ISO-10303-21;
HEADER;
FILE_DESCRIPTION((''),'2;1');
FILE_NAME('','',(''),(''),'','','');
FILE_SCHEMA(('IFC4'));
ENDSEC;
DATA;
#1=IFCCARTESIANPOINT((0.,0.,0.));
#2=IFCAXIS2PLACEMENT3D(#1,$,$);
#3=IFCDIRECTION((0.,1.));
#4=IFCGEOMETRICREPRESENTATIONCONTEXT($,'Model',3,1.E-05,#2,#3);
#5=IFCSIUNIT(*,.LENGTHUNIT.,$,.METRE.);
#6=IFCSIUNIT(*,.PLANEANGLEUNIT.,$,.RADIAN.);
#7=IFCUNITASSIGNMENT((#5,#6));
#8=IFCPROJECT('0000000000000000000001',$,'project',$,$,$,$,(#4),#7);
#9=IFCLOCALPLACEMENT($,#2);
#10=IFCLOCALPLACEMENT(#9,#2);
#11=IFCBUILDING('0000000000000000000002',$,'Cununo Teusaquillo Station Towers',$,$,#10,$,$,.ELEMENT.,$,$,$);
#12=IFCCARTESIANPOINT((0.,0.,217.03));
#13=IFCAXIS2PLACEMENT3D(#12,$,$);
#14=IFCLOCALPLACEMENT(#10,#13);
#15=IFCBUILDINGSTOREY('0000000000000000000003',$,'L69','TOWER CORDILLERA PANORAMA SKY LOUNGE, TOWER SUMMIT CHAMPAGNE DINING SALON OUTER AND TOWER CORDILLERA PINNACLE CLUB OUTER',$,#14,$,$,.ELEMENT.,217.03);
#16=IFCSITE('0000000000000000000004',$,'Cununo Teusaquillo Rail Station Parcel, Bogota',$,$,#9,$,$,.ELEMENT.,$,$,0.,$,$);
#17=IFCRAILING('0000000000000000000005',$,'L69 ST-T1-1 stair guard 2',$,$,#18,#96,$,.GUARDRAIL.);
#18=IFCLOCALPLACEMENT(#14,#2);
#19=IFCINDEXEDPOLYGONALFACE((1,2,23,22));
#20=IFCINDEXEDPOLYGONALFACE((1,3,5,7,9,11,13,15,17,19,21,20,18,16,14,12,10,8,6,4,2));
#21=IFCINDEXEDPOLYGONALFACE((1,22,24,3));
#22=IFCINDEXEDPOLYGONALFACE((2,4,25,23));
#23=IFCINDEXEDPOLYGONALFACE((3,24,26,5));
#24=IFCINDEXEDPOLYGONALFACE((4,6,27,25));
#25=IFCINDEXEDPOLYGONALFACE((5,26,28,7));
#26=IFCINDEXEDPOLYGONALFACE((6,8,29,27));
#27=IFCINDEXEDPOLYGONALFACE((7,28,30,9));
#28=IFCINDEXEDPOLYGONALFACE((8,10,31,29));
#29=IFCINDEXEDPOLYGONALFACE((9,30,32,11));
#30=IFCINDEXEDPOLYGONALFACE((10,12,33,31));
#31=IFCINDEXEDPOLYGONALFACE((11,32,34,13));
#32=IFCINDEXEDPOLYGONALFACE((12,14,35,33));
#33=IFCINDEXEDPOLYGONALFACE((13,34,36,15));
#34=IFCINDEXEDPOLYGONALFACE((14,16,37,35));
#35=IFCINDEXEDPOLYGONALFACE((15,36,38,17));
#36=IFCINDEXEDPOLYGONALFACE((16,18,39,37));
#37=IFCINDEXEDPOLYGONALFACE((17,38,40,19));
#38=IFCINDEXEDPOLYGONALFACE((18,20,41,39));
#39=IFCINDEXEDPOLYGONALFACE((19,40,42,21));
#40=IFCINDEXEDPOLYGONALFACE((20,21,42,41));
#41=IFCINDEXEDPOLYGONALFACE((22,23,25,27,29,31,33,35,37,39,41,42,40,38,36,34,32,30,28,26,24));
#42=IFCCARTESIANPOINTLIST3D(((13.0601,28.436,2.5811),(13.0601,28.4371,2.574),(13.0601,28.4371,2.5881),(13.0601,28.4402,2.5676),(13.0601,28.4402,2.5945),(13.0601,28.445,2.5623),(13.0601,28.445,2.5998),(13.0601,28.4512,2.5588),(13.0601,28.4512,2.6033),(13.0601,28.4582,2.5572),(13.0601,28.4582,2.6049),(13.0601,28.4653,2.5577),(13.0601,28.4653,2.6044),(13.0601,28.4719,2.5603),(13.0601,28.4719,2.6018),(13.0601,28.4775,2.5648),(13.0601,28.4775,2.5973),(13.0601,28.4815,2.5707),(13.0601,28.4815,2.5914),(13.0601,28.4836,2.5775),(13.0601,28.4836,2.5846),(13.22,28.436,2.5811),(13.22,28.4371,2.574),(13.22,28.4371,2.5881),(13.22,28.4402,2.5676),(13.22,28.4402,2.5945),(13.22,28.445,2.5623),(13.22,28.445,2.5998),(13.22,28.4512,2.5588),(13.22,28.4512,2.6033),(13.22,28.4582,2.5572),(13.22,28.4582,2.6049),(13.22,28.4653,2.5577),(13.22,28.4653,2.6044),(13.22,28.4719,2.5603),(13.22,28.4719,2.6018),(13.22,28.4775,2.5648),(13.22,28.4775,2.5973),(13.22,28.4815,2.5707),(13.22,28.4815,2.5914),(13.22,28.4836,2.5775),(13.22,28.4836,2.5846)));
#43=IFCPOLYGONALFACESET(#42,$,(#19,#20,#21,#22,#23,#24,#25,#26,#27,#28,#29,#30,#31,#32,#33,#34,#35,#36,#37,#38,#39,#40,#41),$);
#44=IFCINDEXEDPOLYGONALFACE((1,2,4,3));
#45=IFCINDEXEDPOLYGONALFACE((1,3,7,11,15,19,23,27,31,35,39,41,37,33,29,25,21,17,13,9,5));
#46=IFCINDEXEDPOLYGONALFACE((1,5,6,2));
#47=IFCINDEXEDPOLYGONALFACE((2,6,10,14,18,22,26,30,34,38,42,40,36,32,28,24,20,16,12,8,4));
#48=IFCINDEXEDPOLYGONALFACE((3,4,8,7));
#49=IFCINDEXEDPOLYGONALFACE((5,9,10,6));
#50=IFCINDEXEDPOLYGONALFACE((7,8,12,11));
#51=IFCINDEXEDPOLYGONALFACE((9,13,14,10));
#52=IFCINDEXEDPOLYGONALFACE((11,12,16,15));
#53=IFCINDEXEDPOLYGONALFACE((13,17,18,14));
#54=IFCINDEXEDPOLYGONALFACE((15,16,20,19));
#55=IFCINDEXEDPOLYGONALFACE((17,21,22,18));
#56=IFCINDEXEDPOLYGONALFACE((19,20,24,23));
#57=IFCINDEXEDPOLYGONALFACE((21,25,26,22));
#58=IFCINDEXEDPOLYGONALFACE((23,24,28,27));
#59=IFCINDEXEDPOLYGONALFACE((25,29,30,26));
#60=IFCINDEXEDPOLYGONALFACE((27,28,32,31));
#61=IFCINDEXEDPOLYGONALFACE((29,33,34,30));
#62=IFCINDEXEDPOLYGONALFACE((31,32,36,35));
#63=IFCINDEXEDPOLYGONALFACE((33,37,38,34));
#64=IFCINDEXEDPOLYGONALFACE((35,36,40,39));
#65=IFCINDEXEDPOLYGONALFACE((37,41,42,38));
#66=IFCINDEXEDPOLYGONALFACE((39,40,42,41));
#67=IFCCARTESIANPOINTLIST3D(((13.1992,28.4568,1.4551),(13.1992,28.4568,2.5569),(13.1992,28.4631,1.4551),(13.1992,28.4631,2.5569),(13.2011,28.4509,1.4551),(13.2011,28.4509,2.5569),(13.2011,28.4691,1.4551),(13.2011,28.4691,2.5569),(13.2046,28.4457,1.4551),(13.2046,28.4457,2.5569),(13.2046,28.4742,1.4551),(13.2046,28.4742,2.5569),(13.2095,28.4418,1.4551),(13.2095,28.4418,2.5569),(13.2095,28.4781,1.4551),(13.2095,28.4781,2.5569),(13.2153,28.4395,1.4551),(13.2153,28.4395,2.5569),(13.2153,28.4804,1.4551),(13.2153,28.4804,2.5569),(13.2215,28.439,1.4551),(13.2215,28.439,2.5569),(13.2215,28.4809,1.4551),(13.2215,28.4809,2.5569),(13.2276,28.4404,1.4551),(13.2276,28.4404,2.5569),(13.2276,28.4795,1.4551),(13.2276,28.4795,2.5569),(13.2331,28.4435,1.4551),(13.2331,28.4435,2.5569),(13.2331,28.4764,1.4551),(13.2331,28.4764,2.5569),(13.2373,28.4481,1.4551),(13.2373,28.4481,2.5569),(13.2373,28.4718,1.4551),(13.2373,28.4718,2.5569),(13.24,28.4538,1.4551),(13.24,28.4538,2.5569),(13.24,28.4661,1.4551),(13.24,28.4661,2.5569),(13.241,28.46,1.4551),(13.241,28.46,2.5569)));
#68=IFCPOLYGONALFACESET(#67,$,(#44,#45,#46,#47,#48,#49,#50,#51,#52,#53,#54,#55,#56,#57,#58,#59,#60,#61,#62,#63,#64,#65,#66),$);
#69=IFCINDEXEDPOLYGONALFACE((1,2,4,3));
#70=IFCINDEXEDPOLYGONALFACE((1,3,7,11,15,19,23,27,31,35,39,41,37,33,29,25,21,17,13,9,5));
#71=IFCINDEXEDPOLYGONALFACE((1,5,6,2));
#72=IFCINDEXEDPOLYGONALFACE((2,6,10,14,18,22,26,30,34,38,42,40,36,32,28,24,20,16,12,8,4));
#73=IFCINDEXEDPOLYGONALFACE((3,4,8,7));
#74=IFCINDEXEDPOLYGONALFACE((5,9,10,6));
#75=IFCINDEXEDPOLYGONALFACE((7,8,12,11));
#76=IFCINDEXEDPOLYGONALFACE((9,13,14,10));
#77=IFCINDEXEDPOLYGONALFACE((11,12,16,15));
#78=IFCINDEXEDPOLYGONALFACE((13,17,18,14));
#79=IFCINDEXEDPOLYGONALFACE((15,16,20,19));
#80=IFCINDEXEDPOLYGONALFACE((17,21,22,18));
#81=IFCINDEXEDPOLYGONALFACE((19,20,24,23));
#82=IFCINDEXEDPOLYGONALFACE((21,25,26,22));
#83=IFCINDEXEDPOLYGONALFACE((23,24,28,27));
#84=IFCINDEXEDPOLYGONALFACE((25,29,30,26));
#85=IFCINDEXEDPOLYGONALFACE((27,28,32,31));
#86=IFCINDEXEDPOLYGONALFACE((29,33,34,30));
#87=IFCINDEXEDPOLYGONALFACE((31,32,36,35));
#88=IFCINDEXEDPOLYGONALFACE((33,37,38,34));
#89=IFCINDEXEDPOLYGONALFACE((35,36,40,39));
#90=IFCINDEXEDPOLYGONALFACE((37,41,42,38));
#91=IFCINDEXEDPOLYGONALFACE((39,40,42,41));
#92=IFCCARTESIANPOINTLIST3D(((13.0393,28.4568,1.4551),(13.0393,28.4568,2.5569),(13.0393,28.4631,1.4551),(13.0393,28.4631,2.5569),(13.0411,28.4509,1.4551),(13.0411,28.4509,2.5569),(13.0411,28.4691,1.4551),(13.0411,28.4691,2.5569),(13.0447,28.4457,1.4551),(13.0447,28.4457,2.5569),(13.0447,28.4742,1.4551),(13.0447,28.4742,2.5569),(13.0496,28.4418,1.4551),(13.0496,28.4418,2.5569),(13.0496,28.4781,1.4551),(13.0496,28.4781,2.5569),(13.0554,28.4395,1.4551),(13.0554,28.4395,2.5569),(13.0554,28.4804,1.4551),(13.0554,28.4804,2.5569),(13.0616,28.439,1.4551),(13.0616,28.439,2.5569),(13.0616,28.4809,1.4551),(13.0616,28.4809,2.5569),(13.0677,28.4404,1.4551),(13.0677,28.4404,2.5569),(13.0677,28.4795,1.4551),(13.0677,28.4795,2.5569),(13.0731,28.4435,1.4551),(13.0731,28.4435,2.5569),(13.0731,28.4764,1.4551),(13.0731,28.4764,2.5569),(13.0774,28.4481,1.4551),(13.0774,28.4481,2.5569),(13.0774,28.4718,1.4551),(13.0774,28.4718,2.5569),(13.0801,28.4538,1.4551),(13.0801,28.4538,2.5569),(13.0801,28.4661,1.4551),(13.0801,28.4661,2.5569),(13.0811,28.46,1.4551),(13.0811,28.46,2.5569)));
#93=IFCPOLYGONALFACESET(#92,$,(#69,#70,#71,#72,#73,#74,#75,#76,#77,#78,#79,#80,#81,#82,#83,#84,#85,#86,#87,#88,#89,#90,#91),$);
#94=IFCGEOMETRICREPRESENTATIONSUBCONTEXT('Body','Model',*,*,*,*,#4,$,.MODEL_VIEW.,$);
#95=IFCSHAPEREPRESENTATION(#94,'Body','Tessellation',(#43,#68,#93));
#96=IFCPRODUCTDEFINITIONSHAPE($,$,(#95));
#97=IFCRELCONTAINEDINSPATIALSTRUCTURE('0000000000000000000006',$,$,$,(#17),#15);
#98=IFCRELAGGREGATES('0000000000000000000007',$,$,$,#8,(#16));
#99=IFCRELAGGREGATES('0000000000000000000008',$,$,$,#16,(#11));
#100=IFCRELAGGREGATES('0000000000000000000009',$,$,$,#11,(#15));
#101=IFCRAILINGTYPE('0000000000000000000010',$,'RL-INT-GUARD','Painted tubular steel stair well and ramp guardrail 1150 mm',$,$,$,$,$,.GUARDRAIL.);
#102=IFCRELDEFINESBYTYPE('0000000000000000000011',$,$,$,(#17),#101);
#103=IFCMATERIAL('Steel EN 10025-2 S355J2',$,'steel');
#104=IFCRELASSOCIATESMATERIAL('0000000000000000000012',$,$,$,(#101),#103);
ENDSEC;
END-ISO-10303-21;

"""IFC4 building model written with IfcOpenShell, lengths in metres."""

from ifc_helpers import new_model, si_unit, direction, frame, origin, origin_2d, place, context, subcontext, project, spatial, circle, extrude, material, type_object, element, save


model = new_model("IFC4")

# Units and contexts
model_context = context("Model", 3, precision=1e-05, world=origin(), true_north=direction((0.0, 1.0)))
body_context = subcontext(model_context, "Body", "Model", "MODEL_VIEW")
ifc_project = project(units=[si_unit("LENGTHUNIT", "METRE"), si_unit("PLANEANGLEUNIT", "RADIAN")], contexts=[model_context])

# Site, building, storey
site_placement = place(None, origin())
site = spatial("IfcSite", under=ifc_project, at=site_placement, Name="Cununo Teusaquillo Rail Station Parcel, Bogota", CompositionType="ELEMENT", RefElevation=0.0)
building_placement = place(site_placement, origin())
building = spatial("IfcBuilding", under=site, at=building_placement, Name="Cununo Teusaquillo Station Towers", CompositionType="ELEMENT")
storey_placement = place(building_placement, frame((0.0, 0.0, 217.03)))
storey = spatial("IfcBuildingStorey", under=building, at=storey_placement, Name="L69", Description="TOWER CORDILLERA PANORAMA SKY LOUNGE, TOWER SUMMIT CHAMPAGNE DINING SALON OUTER AND TOWER CORDILLERA PINNACLE CLUB OUTER", CompositionType="ELEMENT", Elevation=217.03)

# Railing
ifc_material_1 = material(Name="Steel EN 10025-2 S355J2", Category="steel")
railing_type_1 = type_object("IfcRailingType", Name="RL-INT-GUARD", Description="Painted tubular steel stair well and ramp guardrail 1150 mm", PredefinedType="GUARDRAIL", material=ifc_material_1)
railing_1_placement = place(storey_placement, frame((13.22, 28.46, 1.4551)))
element("IfcRailing", 1, at=railing_1_placement, inside=storey, type_object=railing_type_1, Name="L69 ST-T1-1 stair guard 2", PredefinedType="GUARDRAIL", context=body_context, shape_type="SweptSolid", body=[
    extrude(circle(Radius=0.0239, at=origin_2d()), frame((0.0, 0.0, 1.126), z_axis=(-1.0, 0.0, 0.0), x_axis=(0.0, -1.0, 0.0)), (0.0, 0.0, 1.0), 0.1599),
    extrude(circle(Radius=0.021, at=origin_2d()), origin(), (0.0, 0.0, 1.0), 1.1018),
    extrude(circle(Radius=0.021, at=origin_2d()), frame((-0.1599, 0.0, 0.0)), (0.0, 0.0, 1.0), 1.1018),
])

save(model, "model.ifc")
